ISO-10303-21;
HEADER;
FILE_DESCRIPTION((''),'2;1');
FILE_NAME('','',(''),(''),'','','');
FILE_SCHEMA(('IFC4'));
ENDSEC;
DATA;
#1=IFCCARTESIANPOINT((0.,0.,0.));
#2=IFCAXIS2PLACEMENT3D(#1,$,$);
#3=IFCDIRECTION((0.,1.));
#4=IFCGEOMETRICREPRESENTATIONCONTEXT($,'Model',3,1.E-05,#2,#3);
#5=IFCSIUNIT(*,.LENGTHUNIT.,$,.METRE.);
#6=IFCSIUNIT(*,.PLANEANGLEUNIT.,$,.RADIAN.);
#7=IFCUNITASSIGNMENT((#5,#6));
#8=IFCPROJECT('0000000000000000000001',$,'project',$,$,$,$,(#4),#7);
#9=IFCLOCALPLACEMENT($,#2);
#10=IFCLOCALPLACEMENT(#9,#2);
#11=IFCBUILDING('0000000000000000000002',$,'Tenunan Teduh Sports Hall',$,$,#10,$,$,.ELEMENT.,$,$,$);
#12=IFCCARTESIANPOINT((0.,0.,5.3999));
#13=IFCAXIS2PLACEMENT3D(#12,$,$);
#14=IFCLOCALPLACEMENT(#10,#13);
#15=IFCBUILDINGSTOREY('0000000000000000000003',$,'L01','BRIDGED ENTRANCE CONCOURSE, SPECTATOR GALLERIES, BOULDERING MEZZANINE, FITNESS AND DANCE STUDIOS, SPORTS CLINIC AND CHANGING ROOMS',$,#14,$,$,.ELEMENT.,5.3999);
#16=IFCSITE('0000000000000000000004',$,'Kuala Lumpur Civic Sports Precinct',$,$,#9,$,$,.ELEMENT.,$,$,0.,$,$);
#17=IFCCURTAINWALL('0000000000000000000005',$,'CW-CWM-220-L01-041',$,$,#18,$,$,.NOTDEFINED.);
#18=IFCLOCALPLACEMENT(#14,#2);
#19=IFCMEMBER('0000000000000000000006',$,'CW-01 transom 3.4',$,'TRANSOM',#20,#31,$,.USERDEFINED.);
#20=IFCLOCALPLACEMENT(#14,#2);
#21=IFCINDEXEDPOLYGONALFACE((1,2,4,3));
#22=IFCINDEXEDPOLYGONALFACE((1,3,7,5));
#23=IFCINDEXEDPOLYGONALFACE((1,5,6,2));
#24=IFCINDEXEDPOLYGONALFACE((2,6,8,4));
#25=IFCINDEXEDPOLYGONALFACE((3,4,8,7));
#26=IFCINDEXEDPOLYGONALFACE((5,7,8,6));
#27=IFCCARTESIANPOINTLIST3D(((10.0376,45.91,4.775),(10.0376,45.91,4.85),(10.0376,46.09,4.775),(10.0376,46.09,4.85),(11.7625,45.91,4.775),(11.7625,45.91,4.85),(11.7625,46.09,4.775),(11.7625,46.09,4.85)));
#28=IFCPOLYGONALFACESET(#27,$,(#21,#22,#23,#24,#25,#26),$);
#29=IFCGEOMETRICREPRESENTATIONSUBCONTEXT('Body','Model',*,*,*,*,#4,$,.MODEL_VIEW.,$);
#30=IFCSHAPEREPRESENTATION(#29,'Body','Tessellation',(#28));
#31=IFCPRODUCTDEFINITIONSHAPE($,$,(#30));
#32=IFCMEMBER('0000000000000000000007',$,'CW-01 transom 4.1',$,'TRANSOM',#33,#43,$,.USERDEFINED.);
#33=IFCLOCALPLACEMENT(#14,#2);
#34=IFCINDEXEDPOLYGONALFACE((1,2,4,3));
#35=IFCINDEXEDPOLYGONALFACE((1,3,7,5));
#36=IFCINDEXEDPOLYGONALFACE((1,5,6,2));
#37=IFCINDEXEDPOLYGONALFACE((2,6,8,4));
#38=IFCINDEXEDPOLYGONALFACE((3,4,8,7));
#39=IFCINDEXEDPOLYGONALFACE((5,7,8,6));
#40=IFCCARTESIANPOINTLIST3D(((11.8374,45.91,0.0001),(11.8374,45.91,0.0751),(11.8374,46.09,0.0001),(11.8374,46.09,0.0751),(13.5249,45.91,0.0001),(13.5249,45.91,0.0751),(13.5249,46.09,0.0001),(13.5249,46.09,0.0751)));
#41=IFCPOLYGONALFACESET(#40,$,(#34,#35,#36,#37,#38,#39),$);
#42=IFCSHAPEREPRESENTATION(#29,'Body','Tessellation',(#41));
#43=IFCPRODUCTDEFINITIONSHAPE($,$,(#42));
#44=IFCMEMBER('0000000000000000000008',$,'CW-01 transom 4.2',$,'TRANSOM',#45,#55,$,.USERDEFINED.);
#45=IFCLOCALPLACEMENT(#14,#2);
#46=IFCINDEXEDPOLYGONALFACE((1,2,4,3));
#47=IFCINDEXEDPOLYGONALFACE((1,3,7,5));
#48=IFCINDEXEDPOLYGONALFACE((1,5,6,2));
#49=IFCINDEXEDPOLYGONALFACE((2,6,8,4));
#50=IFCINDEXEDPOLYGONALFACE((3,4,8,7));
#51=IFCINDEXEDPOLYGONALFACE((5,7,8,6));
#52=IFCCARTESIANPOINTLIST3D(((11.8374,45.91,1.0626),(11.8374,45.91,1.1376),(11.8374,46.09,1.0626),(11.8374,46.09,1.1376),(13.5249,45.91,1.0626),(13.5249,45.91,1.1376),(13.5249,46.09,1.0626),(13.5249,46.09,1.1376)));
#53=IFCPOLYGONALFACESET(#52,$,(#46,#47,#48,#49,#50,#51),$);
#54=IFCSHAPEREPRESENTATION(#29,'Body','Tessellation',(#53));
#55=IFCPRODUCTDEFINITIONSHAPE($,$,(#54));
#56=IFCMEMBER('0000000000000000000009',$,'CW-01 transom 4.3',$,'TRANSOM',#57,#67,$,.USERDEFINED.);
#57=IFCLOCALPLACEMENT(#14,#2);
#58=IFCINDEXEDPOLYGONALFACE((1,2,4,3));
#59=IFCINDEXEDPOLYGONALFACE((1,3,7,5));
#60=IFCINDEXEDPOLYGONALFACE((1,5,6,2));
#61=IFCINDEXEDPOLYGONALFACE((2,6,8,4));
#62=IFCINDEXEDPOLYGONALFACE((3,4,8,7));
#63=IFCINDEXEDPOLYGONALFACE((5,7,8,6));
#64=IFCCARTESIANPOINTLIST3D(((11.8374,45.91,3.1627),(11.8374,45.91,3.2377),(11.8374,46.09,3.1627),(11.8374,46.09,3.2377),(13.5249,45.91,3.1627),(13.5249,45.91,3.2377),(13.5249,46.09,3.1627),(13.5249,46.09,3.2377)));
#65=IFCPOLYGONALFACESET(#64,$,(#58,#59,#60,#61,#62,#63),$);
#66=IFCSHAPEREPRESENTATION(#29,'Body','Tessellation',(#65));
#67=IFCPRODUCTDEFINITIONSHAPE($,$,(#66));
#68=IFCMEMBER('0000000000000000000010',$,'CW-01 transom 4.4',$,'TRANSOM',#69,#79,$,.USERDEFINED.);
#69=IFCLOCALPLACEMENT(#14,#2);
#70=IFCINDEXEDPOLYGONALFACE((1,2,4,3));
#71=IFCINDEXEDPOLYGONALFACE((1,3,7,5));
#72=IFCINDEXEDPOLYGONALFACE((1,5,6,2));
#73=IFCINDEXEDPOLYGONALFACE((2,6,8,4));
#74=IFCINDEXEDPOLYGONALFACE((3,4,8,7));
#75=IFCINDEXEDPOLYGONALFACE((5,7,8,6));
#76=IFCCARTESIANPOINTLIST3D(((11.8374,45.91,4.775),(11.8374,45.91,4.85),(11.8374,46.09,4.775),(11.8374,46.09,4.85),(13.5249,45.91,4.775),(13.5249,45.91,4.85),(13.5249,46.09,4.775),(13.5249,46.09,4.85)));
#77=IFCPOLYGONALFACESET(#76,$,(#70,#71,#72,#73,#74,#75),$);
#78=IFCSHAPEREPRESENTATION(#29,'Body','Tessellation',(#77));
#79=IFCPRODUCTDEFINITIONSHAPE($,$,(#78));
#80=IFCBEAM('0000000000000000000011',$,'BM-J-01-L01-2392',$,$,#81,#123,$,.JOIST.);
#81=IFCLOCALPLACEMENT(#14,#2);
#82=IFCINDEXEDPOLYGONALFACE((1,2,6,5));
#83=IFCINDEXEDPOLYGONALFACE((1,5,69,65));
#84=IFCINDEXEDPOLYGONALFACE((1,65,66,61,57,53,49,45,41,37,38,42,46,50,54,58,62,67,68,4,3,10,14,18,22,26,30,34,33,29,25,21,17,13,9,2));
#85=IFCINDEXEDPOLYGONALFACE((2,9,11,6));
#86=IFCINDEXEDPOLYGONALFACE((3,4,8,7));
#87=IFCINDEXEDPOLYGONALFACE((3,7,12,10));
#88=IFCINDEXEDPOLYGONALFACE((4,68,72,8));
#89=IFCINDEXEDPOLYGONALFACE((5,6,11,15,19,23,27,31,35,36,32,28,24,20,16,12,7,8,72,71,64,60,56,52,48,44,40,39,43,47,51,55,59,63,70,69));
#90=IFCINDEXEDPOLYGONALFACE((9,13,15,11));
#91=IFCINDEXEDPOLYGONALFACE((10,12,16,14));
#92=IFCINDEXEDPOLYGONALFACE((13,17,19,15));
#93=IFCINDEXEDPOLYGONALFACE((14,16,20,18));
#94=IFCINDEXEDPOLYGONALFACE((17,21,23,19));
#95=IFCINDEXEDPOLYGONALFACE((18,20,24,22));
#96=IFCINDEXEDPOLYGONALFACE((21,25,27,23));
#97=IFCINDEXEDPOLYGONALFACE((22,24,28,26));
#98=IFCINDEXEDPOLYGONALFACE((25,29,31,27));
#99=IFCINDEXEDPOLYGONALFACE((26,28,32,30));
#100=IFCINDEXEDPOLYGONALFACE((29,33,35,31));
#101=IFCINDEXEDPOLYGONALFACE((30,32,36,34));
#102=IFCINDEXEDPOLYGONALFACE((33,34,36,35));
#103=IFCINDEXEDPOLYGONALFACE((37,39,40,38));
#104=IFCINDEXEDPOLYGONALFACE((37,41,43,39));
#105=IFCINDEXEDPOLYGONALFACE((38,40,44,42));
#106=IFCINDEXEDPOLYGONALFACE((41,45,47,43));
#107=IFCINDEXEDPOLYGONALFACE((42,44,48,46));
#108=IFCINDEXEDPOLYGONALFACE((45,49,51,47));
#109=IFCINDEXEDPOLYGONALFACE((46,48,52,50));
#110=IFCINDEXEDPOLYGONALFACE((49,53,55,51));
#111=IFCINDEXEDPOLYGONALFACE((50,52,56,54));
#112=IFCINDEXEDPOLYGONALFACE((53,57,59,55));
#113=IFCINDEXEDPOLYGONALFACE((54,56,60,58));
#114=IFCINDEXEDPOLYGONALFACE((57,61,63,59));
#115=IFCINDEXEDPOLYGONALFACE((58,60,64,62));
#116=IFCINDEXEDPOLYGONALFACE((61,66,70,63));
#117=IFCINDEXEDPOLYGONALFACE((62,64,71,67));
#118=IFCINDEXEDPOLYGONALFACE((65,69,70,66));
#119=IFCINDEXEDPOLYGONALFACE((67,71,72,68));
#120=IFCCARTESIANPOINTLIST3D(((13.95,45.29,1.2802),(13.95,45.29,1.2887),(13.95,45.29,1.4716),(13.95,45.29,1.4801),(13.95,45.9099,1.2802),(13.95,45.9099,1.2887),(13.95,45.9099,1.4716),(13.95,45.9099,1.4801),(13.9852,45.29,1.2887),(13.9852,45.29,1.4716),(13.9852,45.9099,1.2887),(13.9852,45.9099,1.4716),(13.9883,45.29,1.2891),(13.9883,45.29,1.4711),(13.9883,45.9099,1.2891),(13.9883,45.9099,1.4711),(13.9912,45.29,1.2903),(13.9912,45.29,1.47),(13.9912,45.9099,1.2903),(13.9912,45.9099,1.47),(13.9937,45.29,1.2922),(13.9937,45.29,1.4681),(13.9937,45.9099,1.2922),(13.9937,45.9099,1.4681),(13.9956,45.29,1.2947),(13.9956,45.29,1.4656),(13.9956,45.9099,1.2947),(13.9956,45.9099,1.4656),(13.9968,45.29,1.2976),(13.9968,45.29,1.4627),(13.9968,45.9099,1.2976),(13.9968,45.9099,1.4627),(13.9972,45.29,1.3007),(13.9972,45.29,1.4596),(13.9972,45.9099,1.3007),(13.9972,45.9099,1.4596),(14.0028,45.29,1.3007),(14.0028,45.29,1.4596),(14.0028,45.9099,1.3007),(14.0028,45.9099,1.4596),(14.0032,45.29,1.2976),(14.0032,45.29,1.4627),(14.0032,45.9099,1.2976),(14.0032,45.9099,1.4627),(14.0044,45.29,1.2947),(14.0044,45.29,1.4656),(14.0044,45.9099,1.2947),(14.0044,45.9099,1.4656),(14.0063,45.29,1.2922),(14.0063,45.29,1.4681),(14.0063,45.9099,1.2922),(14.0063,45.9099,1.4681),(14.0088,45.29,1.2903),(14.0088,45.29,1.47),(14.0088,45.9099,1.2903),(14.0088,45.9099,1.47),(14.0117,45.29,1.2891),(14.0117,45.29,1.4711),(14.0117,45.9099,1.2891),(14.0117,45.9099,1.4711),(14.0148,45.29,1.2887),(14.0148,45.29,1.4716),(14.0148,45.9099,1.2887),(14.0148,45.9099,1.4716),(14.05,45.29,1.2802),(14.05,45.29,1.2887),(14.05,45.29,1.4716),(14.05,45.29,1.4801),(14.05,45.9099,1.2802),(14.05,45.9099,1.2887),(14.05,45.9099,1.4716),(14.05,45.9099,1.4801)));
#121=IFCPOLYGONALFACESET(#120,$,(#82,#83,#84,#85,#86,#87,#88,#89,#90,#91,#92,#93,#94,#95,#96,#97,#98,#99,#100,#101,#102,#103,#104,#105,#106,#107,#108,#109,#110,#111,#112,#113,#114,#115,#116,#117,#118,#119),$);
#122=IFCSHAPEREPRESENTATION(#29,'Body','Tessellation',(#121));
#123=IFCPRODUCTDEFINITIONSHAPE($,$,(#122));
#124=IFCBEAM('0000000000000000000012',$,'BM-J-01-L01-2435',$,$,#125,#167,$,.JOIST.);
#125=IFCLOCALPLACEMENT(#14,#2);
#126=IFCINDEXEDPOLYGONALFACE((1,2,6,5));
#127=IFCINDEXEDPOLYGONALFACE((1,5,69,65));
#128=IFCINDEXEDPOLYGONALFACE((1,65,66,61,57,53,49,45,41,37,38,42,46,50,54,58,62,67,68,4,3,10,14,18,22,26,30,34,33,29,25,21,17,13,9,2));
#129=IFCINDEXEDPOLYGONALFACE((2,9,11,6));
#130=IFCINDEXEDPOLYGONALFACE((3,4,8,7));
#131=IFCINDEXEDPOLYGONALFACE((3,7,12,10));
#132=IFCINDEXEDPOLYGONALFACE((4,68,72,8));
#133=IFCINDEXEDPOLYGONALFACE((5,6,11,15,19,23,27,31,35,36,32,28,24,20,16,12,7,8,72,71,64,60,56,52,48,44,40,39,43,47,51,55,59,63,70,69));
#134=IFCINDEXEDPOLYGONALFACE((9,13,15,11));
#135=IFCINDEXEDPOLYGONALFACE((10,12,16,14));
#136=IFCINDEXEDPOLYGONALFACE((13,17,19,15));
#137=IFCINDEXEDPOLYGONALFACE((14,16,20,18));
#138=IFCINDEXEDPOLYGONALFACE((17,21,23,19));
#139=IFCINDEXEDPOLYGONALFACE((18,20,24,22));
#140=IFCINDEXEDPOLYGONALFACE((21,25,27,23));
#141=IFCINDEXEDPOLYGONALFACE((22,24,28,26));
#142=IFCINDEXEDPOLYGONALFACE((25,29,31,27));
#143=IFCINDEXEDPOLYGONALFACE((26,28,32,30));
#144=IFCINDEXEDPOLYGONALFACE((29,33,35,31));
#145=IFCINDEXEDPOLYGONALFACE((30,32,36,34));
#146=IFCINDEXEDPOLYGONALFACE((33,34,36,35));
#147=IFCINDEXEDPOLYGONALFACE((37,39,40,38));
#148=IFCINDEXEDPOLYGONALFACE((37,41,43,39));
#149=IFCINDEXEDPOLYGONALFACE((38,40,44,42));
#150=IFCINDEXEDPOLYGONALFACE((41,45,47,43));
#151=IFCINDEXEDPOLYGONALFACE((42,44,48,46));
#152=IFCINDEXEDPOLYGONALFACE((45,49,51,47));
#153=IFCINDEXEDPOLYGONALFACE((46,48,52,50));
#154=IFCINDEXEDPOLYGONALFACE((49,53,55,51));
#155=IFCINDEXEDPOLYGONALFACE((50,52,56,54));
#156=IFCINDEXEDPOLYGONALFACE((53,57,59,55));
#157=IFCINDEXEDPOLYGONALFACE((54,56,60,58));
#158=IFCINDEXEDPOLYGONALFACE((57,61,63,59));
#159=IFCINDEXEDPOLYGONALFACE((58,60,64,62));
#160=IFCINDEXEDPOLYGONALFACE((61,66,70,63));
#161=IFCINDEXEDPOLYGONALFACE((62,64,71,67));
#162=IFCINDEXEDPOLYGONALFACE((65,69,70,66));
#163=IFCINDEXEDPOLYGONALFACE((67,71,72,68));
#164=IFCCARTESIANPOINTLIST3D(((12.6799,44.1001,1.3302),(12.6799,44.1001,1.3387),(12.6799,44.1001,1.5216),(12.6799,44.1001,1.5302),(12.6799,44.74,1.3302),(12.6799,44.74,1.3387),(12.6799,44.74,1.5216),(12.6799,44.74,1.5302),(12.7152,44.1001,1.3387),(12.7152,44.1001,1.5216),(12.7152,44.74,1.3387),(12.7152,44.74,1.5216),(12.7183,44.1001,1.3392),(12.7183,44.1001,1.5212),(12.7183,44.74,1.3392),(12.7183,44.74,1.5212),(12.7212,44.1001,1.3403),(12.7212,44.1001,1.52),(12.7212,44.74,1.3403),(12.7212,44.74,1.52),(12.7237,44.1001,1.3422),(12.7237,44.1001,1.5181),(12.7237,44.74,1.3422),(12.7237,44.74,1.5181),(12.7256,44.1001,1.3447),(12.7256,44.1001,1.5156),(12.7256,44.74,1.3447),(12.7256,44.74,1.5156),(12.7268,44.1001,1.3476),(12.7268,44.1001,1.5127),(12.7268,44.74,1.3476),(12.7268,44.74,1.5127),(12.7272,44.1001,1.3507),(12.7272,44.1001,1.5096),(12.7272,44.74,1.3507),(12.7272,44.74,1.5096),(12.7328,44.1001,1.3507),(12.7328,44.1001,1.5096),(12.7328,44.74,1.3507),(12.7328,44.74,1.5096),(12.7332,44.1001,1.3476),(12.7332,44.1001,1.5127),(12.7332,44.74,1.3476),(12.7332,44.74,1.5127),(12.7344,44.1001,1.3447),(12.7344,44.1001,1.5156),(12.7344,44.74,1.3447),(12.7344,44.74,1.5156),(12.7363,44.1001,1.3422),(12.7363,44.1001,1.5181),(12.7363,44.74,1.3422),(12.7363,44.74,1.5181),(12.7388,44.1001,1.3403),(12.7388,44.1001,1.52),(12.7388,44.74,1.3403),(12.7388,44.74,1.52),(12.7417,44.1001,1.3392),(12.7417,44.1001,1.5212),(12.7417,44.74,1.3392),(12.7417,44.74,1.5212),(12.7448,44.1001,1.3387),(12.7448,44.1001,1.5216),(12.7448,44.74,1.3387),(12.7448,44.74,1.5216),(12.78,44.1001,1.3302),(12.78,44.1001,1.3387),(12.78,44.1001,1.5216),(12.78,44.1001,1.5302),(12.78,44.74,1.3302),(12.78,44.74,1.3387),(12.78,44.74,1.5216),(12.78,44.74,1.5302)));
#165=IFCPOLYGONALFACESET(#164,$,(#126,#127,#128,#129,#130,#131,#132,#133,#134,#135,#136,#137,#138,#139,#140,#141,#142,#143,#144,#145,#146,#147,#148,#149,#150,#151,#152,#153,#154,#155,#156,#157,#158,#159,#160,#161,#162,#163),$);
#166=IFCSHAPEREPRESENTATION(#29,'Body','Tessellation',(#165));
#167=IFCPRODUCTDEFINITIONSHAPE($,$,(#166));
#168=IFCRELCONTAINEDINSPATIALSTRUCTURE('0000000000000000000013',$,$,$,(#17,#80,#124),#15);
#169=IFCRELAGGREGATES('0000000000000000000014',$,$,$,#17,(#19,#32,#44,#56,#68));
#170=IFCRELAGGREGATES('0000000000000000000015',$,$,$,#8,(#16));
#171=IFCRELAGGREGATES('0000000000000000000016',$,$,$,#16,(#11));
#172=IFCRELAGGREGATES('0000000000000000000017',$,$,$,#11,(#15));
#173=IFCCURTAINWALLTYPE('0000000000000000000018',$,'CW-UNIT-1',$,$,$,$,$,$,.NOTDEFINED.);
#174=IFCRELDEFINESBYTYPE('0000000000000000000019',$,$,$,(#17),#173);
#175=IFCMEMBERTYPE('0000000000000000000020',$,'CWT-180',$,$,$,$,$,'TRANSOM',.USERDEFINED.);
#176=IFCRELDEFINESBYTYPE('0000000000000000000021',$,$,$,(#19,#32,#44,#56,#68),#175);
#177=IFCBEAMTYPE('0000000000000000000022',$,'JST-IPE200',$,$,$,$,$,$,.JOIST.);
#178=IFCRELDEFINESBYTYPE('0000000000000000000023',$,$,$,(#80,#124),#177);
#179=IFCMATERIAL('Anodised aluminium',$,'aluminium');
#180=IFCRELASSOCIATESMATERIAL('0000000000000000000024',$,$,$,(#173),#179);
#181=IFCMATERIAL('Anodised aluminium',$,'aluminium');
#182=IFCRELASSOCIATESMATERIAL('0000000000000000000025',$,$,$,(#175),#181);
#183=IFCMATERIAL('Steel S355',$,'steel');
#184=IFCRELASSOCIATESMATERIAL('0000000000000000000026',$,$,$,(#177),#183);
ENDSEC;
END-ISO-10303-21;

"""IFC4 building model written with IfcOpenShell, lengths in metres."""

from ifc_helpers import new_model, si_unit, direction, frame, origin, origin_2d, place, context, subcontext, project, spatial, rectangle, i_section, extrude, material, material_profile, profile_set, type_object, element, aggregate, save


model = new_model("IFC4")

# Units and contexts
model_context = context("Model", 3, precision=1e-05, world=origin(), true_north=direction((0.0, 1.0)))
body_context = subcontext(model_context, "Body", "Model", "MODEL_VIEW")
ifc_project = project(units=[si_unit("LENGTHUNIT", "METRE"), si_unit("PLANEANGLEUNIT", "RADIAN")], contexts=[model_context])

# Site, building, storey
site_placement = place(None, origin())
site = spatial("IfcSite", under=ifc_project, at=site_placement, Name="Kuala Lumpur Civic Sports Precinct", CompositionType="ELEMENT", RefElevation=0.0)
building_placement = place(site_placement, origin())
building = spatial("IfcBuilding", under=site, at=building_placement, Name="Tenunan Teduh Sports Hall", CompositionType="ELEMENT")
storey_placement = place(building_placement, frame((0.0, 0.0, 5.3999)))
storey = spatial("IfcBuildingStorey", under=building, at=storey_placement, Name="L01", Description="BRIDGED ENTRANCE CONCOURSE, SPECTATOR GALLERIES, BOULDERING MEZZANINE, FITNESS AND DANCE STUDIOS, SPORTS CLINIC AND CHANGING ROOMS", CompositionType="ELEMENT", Elevation=5.3999)

# Shared definitions
ifc_material_1 = material(Name="Anodised aluminium", Category="aluminium")
curtain_wall_type = type_object("IfcCurtainWallType", Name="CW-UNIT-1", PredefinedType="NOTDEFINED", material=ifc_material_1)

# Curtain wall
curtain_wall_1_placement = place(storey_placement, origin())
curtain_wall_1 = element("IfcCurtainWall", 1, at=curtain_wall_1_placement, inside=storey, type_object=curtain_wall_type, Name="CW-CWM-220-L01-041", PredefinedType="NOTDEFINED")

# Members
ifc_material_2 = material(Name="Anodised aluminium", Category="aluminium")
ifc_material_profile_1 = material_profile(ifc_material_2, rectangle(XDim=0.075, YDim=0.1799, at=origin_2d()), Name="CWT 75x180")
ifc_profile_set_1 = profile_set([ifc_material_profile_1], Name="Anodised aluminium")
member_type_1 = type_object("IfcMemberType", Name="CWT-180", ElementType="TRANSOM", PredefinedType="USERDEFINED", material=ifc_profile_set_1)
member_1_placement = place(storey_placement, frame((10.0376, 46.0, 4.8125), z_axis=(1.0, 0.0, 0.0), x_axis=(0.0, 0.0, 1.0)))
member_1 = element("IfcMember", 2, at=member_1_placement, type_object=member_type_1, Name="CW-01 transom 3.4", ObjectType="TRANSOM", PredefinedType="USERDEFINED", context=body_context, shape_type="SweptSolid", body=[
    extrude(rectangle(XDim=0.075, YDim=0.1799, at=origin_2d()), origin(), (0.0, 0.0, 1.0), 1.7249),
])
member_2_placement = place(storey_placement, frame((11.8374, 46.0, 0.0376), z_axis=(1.0, 0.0, 0.0), x_axis=(0.0, 0.0, 1.0)))
member_2 = element("IfcMember", 3, at=member_2_placement, type_object=member_type_1, Name="CW-01 transom 4.1", ObjectType="TRANSOM", PredefinedType="USERDEFINED", context=body_context, shape_type="SweptSolid", body=[
    extrude(rectangle(XDim=0.075, YDim=0.1799, at=origin_2d()), origin(), (0.0, 0.0, 1.0), 1.6875),
])
member_3_placement = place(storey_placement, frame((11.8374, 46.0, 1.1001), z_axis=(1.0, 0.0, 0.0), x_axis=(0.0, 0.0, 1.0)))
member_3 = element("IfcMember", 4, at=member_3_placement, type_object=member_type_1, Name="CW-01 transom 4.2", ObjectType="TRANSOM", PredefinedType="USERDEFINED", context=body_context, shape_type="SweptSolid", body=[
    extrude(rectangle(XDim=0.075, YDim=0.1799, at=origin_2d()), origin(), (0.0, 0.0, 1.0), 1.6875),
])
member_4_placement = place(storey_placement, frame((11.8374, 46.0, 3.2002), z_axis=(1.0, 0.0, 0.0), x_axis=(0.0, 0.0, 1.0)))
member_4 = element("IfcMember", 5, at=member_4_placement, type_object=member_type_1, Name="CW-01 transom 4.3", ObjectType="TRANSOM", PredefinedType="USERDEFINED", context=body_context, shape_type="SweptSolid", body=[
    extrude(rectangle(XDim=0.075, YDim=0.1799, at=origin_2d()), origin(), (0.0, 0.0, 1.0), 1.6875),
])
member_5_placement = place(storey_placement, frame((11.8374, 46.0, 4.8125), z_axis=(1.0, 0.0, 0.0), x_axis=(0.0, 0.0, 1.0)))
member_5 = element("IfcMember", 6, at=member_5_placement, type_object=member_type_1, Name="CW-01 transom 4.4", ObjectType="TRANSOM", PredefinedType="USERDEFINED", context=body_context, shape_type="SweptSolid", body=[
    extrude(rectangle(XDim=0.075, YDim=0.1799, at=origin_2d()), origin(), (0.0, 0.0, 1.0), 1.6875),
])

# Beams
ifc_material_3 = material(Name="Steel S355", Category="steel")
ifc_material_profile_2 = material_profile(ifc_material_3, i_section(OverallWidth=0.1001, OverallDepth=0.2, WebThickness=0.0056, FlangeThickness=0.0085, FilletRadius=0.012, at=origin_2d()), Name="IPE 200")
ifc_profile_set_2 = profile_set([ifc_material_profile_2], Name="Steel S355")
beam_type_1 = type_object("IfcBeamType", Name="JST-IPE200", PredefinedType="JOIST", material=ifc_profile_set_2)
beam_1_placement = place(storey_placement, frame((14.0, 45.29, 1.3801), z_axis=(0.0, 1.0, 0.0), x_axis=(-1.0, 0.0, 0.0)))
element("IfcBeam", 7, at=beam_1_placement, inside=storey, type_object=beam_type_1, Name="BM-J-01-L01-2392", PredefinedType="JOIST", context=body_context, shape_type="SweptSolid", body=[
    extrude(i_section(OverallWidth=0.1001, OverallDepth=0.2, WebThickness=0.0056, FlangeThickness=0.0085, FilletRadius=0.012, at=origin_2d()), origin(), (0.0, 0.0, 1.0), 0.6199),
])
for number, where, z_axis, x_axis, name in (
    (8, (12.73, 44.1001, 1.4302), (0.0, 1.0, 0.0), (-1.0, 0.0, 0.0), "BM-J-01-L01-2435"),
):
    element("IfcBeam", number, at=place(storey_placement, frame(where, z_axis=z_axis, x_axis=x_axis)), inside=storey, type_object=beam_type_1, Name=name, PredefinedType="JOIST", context=body_context, shape_type="SweptSolid", body=[
        extrude(i_section(OverallWidth=0.1001, OverallDepth=0.2, WebThickness=0.0056, FlangeThickness=0.0085, FilletRadius=0.012, at=origin_2d()), origin(), (0.0, 0.0, 1.0), 0.6399),
    ])

aggregate(curtain_wall_1, [member_1, member_2, member_3, member_4, member_5])

save(model, "model.ifc")
